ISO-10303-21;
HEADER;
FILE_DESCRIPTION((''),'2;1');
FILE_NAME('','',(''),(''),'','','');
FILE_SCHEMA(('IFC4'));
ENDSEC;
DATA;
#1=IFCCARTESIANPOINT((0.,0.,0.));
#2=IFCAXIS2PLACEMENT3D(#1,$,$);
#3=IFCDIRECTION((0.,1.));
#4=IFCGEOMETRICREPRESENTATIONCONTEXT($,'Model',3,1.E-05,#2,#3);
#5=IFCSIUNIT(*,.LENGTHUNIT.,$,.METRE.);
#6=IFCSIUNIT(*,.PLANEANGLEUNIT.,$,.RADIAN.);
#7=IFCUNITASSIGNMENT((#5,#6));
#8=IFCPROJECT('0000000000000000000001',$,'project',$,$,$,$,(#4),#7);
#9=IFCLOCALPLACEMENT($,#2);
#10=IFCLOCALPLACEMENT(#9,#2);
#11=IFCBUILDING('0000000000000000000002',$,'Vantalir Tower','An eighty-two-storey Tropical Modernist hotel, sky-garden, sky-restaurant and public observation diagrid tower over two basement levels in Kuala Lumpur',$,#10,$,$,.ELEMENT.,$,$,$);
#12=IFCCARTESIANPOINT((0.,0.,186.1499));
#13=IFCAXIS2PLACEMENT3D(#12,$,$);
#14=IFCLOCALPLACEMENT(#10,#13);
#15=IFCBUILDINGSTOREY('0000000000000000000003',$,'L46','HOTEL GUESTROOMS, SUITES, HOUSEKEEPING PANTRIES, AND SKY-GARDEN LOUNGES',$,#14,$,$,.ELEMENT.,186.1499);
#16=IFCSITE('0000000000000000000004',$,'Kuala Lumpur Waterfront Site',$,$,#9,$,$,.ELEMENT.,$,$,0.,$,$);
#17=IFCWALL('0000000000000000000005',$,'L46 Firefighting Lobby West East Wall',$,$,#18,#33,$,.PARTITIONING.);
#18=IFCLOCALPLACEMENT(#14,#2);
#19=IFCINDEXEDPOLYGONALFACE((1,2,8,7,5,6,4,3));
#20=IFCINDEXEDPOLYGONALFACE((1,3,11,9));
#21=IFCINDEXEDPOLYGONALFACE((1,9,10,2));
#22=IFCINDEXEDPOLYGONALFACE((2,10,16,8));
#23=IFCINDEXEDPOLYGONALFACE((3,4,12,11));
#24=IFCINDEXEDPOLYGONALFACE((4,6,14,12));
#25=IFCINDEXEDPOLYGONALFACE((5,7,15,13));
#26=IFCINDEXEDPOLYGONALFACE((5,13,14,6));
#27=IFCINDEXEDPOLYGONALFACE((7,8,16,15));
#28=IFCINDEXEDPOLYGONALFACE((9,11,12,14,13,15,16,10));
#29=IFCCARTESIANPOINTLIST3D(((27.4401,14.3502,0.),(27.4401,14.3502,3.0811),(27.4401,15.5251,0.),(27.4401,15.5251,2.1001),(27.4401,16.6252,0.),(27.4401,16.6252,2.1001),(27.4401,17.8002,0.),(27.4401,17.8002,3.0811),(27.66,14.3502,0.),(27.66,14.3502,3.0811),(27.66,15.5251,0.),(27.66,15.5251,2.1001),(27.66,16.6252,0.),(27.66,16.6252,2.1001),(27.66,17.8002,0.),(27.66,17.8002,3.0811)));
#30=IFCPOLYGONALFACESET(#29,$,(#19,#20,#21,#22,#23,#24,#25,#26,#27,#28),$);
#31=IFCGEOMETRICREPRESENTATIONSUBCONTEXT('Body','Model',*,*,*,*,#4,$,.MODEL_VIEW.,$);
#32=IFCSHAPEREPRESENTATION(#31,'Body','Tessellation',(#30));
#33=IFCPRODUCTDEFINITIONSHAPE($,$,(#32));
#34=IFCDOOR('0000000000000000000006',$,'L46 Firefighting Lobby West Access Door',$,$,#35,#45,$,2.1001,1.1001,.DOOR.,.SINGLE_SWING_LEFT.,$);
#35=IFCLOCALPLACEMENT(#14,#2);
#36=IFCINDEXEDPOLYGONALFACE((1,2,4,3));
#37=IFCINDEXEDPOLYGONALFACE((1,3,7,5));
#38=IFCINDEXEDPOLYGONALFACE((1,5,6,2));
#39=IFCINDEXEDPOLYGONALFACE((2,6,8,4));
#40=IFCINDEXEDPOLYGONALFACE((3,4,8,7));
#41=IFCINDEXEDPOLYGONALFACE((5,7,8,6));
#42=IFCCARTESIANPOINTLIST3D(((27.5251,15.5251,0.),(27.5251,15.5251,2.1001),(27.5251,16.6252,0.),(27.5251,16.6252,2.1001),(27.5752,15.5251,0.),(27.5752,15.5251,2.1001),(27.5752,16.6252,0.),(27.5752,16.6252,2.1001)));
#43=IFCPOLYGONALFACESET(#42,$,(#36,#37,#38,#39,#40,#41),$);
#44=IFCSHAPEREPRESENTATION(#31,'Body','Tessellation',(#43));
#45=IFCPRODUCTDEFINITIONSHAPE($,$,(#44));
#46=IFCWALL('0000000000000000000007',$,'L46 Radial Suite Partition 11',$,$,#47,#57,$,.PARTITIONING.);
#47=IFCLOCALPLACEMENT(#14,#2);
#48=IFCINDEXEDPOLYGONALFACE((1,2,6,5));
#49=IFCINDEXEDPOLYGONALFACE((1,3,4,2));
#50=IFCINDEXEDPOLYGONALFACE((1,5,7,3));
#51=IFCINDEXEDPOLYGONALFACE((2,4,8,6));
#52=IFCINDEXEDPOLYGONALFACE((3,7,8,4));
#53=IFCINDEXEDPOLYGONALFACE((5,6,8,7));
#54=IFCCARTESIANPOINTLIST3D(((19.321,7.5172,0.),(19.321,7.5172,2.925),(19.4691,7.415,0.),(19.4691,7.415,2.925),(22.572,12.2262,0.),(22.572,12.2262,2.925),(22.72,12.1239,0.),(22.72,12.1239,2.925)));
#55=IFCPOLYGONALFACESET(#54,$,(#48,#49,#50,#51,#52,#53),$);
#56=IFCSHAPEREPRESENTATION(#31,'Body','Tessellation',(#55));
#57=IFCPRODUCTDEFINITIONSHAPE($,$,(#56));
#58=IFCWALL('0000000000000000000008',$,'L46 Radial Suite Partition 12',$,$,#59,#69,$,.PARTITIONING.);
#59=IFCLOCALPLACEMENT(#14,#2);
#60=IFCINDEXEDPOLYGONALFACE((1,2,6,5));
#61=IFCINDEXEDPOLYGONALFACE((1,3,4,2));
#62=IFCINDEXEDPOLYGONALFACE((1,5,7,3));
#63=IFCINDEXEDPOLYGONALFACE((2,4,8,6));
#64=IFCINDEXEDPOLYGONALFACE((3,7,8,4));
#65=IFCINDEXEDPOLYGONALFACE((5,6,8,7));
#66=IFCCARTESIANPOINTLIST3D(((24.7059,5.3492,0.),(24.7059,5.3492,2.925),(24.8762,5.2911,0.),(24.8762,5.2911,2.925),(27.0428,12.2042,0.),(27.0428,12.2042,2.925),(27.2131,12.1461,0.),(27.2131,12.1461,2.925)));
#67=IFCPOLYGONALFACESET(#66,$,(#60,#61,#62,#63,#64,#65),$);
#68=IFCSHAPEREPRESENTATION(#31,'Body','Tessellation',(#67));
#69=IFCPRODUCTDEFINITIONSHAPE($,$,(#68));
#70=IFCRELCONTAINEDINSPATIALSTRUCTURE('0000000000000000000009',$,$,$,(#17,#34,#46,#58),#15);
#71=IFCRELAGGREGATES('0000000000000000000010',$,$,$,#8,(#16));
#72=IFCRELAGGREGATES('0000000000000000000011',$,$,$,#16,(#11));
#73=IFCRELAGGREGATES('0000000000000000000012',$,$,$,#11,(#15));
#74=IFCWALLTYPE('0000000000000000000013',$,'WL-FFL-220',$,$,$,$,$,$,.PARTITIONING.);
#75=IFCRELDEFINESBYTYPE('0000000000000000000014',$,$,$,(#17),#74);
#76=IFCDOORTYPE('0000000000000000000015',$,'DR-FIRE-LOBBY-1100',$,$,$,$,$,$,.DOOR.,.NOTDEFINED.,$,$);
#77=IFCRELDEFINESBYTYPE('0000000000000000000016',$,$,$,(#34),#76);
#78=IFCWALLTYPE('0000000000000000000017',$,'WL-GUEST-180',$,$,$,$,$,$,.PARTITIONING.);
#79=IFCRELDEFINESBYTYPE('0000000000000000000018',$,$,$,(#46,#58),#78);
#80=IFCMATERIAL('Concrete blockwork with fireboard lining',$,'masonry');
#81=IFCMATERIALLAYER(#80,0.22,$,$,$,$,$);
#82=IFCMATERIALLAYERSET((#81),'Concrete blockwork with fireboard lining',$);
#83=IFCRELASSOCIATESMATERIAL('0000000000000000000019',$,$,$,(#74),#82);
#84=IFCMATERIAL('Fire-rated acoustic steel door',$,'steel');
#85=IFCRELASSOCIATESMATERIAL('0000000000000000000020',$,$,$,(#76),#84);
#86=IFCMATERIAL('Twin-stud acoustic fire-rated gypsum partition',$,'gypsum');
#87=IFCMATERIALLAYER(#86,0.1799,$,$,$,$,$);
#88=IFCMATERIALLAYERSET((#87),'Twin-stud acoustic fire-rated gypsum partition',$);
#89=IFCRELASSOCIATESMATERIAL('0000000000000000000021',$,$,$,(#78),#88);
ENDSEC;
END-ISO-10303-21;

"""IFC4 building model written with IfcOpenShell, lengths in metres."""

from ifc_helpers import new_model, si_unit, direction, frame, frame_2d, origin, place, context, subcontext, project, spatial, rectangle, extrude, material, layer, layer_set, type_object, element, fill, save


model = new_model("IFC4")

# Units and contexts
model_context = context("Model", 3, precision=1e-05, world=origin(), true_north=direction((0.0, 1.0)))
body_context = subcontext(model_context, "Body", "Model", "MODEL_VIEW")
ifc_project = project(units=[si_unit("LENGTHUNIT", "METRE"), si_unit("PLANEANGLEUNIT", "RADIAN")], contexts=[model_context])

# Site, building, storey
site_placement = place(None, origin())
site = spatial("IfcSite", under=ifc_project, at=site_placement, Name="Kuala Lumpur Waterfront Site", CompositionType="ELEMENT", RefElevation=0.0)
building_placement = place(site_placement, origin())
building = spatial("IfcBuilding", under=site, at=building_placement, Name="Vantalir Tower", Description="An eighty-two-storey Tropical Modernist hotel, sky-garden, sky-restaurant and public observation diagrid tower over two basement levels in Kuala Lumpur", CompositionType="ELEMENT")
storey_placement = place(building_placement, frame((0.0, 0.0, 186.1499)))
storey = spatial("IfcBuildingStorey", under=building, at=storey_placement, Name="L46", Description="HOTEL GUESTROOMS, SUITES, HOUSEKEEPING PANTRIES, AND SKY-GARDEN LOUNGES", CompositionType="ELEMENT", Elevation=186.1499)

# Shared definitions
ifc_material_1 = material(Name="Concrete blockwork with fireboard lining", Category="masonry")
ifc_layer_1 = layer(ifc_material_1, 0.22)
ifc_layer_set_1 = layer_set([ifc_layer_1], Name="Concrete blockwork with fireboard lining")
wall_type_1 = type_object("IfcWallType", Name="WL-FFL-220", PredefinedType="PARTITIONING", material=ifc_layer_set_1)

# Wall, opening, door
wall_1_placement = place(storey_placement, frame((27.55, 14.3501, 0.0), z_axis=(0.0, 0.0, 1.0), x_axis=(0.0, 1.0, 0.0)))
wall_1 = element("IfcWall", 1, at=wall_1_placement, inside=storey, type_object=wall_type_1, Name="L46 Firefighting Lobby West East Wall", PredefinedType="PARTITIONING", context=body_context, shape_type="SweptSolid", body=[
    extrude(rectangle(XDim=3.45, YDim=0.22, at=frame_2d((1.7251, 0.0))), origin(), (0.0, 0.0, 1.0), 3.0811),
])
opening_1_placement = place(wall_1_placement, frame((1.175, 0.0, 0.0)))
opening_1 = element("IfcOpeningElement", 2, at=opening_1_placement, cuts=wall_1, PredefinedType="OPENING", context=body_context, shape_type="SweptSolid", body=[
    extrude(rectangle(XDim=1.1001, YDim=2.1001, at=frame_2d((0.55, 1.05))), frame((0.0, 0.1199, 0.0), z_axis=(0.0, -1.0, 0.0), x_axis=(1.0, 0.0, 0.0)), (0.0, 0.0, 1.0), 0.24),
])
ifc_material_2 = material(Name="Fire-rated acoustic steel door", Category="steel")
door_type_1 = type_object("IfcDoorType", Name="DR-FIRE-LOBBY-1100", OperationType="NOTDEFINED", PredefinedType="DOOR", material=ifc_material_2)
door_1_placement = place(opening_1_placement, origin())
door_1 = element("IfcDoor", 3, at=door_1_placement, inside=storey, type_object=door_type_1, Name="L46 Firefighting Lobby West Access Door", OperationType="SINGLE_SWING_LEFT", OverallHeight=2.1001, OverallWidth=1.1001, PredefinedType="DOOR", context=body_context, shape_type="SweptSolid", body=[
    extrude(rectangle(XDim=1.1001, YDim=2.1001, at=frame_2d((0.55, 1.05))), frame((0.0, 0.0249, 0.0), z_axis=(0.0, -1.0, 0.0), x_axis=(1.0, 0.0, 0.0)), (0.0, 0.0, 1.0), 0.05),
])
fill(opening_1, door_1)

# Walls
ifc_material_3 = material(Name="Twin-stud acoustic fire-rated gypsum partition", Category="gypsum")
ifc_layer_2 = layer(ifc_material_3, 0.1799)
ifc_layer_set_2 = layer_set([ifc_layer_2], Name="Twin-stud acoustic fire-rated gypsum partition")
wall_type_2 = type_object("IfcWallType", Name="WL-GUEST-180", PredefinedType="PARTITIONING", material=ifc_layer_set_2)
wall_2_placement = place(storey_placement, frame((22.646, 12.175, 0.0), z_axis=(0.0, 0.0, 1.0), x_axis=(-0.568136, -0.822935, 0.0)))
element("IfcWall", 4, at=wall_2_placement, inside=storey, type_object=wall_type_2, Name="L46 Radial Suite Partition 11", PredefinedType="PARTITIONING", context=body_context, shape_type="SweptSolid", body=[
    extrude(rectangle(XDim=5.7222, YDim=0.1799, at=frame_2d((2.8611, 0.0))), origin(), (0.0, 0.0, 1.0), 2.925),
])
wall_3_placement = place(storey_placement, frame((27.1279, 12.175, 0.0), z_axis=(0.0, 0.0, 1.0), x_axis=(-0.322673, -0.946511, 0.0)))
element("IfcWall", 5, at=wall_3_placement, inside=storey, type_object=wall_type_2, Name="L46 Radial Suite Partition 12", PredefinedType="PARTITIONING", context=body_context, shape_type="SweptSolid", body=[
    extrude(rectangle(XDim=7.2424, YDim=0.1799, at=frame_2d((3.6211, 0.0))), origin(), (0.0, 0.0, 1.0), 2.925),
])

save(model, "model.ifc")
